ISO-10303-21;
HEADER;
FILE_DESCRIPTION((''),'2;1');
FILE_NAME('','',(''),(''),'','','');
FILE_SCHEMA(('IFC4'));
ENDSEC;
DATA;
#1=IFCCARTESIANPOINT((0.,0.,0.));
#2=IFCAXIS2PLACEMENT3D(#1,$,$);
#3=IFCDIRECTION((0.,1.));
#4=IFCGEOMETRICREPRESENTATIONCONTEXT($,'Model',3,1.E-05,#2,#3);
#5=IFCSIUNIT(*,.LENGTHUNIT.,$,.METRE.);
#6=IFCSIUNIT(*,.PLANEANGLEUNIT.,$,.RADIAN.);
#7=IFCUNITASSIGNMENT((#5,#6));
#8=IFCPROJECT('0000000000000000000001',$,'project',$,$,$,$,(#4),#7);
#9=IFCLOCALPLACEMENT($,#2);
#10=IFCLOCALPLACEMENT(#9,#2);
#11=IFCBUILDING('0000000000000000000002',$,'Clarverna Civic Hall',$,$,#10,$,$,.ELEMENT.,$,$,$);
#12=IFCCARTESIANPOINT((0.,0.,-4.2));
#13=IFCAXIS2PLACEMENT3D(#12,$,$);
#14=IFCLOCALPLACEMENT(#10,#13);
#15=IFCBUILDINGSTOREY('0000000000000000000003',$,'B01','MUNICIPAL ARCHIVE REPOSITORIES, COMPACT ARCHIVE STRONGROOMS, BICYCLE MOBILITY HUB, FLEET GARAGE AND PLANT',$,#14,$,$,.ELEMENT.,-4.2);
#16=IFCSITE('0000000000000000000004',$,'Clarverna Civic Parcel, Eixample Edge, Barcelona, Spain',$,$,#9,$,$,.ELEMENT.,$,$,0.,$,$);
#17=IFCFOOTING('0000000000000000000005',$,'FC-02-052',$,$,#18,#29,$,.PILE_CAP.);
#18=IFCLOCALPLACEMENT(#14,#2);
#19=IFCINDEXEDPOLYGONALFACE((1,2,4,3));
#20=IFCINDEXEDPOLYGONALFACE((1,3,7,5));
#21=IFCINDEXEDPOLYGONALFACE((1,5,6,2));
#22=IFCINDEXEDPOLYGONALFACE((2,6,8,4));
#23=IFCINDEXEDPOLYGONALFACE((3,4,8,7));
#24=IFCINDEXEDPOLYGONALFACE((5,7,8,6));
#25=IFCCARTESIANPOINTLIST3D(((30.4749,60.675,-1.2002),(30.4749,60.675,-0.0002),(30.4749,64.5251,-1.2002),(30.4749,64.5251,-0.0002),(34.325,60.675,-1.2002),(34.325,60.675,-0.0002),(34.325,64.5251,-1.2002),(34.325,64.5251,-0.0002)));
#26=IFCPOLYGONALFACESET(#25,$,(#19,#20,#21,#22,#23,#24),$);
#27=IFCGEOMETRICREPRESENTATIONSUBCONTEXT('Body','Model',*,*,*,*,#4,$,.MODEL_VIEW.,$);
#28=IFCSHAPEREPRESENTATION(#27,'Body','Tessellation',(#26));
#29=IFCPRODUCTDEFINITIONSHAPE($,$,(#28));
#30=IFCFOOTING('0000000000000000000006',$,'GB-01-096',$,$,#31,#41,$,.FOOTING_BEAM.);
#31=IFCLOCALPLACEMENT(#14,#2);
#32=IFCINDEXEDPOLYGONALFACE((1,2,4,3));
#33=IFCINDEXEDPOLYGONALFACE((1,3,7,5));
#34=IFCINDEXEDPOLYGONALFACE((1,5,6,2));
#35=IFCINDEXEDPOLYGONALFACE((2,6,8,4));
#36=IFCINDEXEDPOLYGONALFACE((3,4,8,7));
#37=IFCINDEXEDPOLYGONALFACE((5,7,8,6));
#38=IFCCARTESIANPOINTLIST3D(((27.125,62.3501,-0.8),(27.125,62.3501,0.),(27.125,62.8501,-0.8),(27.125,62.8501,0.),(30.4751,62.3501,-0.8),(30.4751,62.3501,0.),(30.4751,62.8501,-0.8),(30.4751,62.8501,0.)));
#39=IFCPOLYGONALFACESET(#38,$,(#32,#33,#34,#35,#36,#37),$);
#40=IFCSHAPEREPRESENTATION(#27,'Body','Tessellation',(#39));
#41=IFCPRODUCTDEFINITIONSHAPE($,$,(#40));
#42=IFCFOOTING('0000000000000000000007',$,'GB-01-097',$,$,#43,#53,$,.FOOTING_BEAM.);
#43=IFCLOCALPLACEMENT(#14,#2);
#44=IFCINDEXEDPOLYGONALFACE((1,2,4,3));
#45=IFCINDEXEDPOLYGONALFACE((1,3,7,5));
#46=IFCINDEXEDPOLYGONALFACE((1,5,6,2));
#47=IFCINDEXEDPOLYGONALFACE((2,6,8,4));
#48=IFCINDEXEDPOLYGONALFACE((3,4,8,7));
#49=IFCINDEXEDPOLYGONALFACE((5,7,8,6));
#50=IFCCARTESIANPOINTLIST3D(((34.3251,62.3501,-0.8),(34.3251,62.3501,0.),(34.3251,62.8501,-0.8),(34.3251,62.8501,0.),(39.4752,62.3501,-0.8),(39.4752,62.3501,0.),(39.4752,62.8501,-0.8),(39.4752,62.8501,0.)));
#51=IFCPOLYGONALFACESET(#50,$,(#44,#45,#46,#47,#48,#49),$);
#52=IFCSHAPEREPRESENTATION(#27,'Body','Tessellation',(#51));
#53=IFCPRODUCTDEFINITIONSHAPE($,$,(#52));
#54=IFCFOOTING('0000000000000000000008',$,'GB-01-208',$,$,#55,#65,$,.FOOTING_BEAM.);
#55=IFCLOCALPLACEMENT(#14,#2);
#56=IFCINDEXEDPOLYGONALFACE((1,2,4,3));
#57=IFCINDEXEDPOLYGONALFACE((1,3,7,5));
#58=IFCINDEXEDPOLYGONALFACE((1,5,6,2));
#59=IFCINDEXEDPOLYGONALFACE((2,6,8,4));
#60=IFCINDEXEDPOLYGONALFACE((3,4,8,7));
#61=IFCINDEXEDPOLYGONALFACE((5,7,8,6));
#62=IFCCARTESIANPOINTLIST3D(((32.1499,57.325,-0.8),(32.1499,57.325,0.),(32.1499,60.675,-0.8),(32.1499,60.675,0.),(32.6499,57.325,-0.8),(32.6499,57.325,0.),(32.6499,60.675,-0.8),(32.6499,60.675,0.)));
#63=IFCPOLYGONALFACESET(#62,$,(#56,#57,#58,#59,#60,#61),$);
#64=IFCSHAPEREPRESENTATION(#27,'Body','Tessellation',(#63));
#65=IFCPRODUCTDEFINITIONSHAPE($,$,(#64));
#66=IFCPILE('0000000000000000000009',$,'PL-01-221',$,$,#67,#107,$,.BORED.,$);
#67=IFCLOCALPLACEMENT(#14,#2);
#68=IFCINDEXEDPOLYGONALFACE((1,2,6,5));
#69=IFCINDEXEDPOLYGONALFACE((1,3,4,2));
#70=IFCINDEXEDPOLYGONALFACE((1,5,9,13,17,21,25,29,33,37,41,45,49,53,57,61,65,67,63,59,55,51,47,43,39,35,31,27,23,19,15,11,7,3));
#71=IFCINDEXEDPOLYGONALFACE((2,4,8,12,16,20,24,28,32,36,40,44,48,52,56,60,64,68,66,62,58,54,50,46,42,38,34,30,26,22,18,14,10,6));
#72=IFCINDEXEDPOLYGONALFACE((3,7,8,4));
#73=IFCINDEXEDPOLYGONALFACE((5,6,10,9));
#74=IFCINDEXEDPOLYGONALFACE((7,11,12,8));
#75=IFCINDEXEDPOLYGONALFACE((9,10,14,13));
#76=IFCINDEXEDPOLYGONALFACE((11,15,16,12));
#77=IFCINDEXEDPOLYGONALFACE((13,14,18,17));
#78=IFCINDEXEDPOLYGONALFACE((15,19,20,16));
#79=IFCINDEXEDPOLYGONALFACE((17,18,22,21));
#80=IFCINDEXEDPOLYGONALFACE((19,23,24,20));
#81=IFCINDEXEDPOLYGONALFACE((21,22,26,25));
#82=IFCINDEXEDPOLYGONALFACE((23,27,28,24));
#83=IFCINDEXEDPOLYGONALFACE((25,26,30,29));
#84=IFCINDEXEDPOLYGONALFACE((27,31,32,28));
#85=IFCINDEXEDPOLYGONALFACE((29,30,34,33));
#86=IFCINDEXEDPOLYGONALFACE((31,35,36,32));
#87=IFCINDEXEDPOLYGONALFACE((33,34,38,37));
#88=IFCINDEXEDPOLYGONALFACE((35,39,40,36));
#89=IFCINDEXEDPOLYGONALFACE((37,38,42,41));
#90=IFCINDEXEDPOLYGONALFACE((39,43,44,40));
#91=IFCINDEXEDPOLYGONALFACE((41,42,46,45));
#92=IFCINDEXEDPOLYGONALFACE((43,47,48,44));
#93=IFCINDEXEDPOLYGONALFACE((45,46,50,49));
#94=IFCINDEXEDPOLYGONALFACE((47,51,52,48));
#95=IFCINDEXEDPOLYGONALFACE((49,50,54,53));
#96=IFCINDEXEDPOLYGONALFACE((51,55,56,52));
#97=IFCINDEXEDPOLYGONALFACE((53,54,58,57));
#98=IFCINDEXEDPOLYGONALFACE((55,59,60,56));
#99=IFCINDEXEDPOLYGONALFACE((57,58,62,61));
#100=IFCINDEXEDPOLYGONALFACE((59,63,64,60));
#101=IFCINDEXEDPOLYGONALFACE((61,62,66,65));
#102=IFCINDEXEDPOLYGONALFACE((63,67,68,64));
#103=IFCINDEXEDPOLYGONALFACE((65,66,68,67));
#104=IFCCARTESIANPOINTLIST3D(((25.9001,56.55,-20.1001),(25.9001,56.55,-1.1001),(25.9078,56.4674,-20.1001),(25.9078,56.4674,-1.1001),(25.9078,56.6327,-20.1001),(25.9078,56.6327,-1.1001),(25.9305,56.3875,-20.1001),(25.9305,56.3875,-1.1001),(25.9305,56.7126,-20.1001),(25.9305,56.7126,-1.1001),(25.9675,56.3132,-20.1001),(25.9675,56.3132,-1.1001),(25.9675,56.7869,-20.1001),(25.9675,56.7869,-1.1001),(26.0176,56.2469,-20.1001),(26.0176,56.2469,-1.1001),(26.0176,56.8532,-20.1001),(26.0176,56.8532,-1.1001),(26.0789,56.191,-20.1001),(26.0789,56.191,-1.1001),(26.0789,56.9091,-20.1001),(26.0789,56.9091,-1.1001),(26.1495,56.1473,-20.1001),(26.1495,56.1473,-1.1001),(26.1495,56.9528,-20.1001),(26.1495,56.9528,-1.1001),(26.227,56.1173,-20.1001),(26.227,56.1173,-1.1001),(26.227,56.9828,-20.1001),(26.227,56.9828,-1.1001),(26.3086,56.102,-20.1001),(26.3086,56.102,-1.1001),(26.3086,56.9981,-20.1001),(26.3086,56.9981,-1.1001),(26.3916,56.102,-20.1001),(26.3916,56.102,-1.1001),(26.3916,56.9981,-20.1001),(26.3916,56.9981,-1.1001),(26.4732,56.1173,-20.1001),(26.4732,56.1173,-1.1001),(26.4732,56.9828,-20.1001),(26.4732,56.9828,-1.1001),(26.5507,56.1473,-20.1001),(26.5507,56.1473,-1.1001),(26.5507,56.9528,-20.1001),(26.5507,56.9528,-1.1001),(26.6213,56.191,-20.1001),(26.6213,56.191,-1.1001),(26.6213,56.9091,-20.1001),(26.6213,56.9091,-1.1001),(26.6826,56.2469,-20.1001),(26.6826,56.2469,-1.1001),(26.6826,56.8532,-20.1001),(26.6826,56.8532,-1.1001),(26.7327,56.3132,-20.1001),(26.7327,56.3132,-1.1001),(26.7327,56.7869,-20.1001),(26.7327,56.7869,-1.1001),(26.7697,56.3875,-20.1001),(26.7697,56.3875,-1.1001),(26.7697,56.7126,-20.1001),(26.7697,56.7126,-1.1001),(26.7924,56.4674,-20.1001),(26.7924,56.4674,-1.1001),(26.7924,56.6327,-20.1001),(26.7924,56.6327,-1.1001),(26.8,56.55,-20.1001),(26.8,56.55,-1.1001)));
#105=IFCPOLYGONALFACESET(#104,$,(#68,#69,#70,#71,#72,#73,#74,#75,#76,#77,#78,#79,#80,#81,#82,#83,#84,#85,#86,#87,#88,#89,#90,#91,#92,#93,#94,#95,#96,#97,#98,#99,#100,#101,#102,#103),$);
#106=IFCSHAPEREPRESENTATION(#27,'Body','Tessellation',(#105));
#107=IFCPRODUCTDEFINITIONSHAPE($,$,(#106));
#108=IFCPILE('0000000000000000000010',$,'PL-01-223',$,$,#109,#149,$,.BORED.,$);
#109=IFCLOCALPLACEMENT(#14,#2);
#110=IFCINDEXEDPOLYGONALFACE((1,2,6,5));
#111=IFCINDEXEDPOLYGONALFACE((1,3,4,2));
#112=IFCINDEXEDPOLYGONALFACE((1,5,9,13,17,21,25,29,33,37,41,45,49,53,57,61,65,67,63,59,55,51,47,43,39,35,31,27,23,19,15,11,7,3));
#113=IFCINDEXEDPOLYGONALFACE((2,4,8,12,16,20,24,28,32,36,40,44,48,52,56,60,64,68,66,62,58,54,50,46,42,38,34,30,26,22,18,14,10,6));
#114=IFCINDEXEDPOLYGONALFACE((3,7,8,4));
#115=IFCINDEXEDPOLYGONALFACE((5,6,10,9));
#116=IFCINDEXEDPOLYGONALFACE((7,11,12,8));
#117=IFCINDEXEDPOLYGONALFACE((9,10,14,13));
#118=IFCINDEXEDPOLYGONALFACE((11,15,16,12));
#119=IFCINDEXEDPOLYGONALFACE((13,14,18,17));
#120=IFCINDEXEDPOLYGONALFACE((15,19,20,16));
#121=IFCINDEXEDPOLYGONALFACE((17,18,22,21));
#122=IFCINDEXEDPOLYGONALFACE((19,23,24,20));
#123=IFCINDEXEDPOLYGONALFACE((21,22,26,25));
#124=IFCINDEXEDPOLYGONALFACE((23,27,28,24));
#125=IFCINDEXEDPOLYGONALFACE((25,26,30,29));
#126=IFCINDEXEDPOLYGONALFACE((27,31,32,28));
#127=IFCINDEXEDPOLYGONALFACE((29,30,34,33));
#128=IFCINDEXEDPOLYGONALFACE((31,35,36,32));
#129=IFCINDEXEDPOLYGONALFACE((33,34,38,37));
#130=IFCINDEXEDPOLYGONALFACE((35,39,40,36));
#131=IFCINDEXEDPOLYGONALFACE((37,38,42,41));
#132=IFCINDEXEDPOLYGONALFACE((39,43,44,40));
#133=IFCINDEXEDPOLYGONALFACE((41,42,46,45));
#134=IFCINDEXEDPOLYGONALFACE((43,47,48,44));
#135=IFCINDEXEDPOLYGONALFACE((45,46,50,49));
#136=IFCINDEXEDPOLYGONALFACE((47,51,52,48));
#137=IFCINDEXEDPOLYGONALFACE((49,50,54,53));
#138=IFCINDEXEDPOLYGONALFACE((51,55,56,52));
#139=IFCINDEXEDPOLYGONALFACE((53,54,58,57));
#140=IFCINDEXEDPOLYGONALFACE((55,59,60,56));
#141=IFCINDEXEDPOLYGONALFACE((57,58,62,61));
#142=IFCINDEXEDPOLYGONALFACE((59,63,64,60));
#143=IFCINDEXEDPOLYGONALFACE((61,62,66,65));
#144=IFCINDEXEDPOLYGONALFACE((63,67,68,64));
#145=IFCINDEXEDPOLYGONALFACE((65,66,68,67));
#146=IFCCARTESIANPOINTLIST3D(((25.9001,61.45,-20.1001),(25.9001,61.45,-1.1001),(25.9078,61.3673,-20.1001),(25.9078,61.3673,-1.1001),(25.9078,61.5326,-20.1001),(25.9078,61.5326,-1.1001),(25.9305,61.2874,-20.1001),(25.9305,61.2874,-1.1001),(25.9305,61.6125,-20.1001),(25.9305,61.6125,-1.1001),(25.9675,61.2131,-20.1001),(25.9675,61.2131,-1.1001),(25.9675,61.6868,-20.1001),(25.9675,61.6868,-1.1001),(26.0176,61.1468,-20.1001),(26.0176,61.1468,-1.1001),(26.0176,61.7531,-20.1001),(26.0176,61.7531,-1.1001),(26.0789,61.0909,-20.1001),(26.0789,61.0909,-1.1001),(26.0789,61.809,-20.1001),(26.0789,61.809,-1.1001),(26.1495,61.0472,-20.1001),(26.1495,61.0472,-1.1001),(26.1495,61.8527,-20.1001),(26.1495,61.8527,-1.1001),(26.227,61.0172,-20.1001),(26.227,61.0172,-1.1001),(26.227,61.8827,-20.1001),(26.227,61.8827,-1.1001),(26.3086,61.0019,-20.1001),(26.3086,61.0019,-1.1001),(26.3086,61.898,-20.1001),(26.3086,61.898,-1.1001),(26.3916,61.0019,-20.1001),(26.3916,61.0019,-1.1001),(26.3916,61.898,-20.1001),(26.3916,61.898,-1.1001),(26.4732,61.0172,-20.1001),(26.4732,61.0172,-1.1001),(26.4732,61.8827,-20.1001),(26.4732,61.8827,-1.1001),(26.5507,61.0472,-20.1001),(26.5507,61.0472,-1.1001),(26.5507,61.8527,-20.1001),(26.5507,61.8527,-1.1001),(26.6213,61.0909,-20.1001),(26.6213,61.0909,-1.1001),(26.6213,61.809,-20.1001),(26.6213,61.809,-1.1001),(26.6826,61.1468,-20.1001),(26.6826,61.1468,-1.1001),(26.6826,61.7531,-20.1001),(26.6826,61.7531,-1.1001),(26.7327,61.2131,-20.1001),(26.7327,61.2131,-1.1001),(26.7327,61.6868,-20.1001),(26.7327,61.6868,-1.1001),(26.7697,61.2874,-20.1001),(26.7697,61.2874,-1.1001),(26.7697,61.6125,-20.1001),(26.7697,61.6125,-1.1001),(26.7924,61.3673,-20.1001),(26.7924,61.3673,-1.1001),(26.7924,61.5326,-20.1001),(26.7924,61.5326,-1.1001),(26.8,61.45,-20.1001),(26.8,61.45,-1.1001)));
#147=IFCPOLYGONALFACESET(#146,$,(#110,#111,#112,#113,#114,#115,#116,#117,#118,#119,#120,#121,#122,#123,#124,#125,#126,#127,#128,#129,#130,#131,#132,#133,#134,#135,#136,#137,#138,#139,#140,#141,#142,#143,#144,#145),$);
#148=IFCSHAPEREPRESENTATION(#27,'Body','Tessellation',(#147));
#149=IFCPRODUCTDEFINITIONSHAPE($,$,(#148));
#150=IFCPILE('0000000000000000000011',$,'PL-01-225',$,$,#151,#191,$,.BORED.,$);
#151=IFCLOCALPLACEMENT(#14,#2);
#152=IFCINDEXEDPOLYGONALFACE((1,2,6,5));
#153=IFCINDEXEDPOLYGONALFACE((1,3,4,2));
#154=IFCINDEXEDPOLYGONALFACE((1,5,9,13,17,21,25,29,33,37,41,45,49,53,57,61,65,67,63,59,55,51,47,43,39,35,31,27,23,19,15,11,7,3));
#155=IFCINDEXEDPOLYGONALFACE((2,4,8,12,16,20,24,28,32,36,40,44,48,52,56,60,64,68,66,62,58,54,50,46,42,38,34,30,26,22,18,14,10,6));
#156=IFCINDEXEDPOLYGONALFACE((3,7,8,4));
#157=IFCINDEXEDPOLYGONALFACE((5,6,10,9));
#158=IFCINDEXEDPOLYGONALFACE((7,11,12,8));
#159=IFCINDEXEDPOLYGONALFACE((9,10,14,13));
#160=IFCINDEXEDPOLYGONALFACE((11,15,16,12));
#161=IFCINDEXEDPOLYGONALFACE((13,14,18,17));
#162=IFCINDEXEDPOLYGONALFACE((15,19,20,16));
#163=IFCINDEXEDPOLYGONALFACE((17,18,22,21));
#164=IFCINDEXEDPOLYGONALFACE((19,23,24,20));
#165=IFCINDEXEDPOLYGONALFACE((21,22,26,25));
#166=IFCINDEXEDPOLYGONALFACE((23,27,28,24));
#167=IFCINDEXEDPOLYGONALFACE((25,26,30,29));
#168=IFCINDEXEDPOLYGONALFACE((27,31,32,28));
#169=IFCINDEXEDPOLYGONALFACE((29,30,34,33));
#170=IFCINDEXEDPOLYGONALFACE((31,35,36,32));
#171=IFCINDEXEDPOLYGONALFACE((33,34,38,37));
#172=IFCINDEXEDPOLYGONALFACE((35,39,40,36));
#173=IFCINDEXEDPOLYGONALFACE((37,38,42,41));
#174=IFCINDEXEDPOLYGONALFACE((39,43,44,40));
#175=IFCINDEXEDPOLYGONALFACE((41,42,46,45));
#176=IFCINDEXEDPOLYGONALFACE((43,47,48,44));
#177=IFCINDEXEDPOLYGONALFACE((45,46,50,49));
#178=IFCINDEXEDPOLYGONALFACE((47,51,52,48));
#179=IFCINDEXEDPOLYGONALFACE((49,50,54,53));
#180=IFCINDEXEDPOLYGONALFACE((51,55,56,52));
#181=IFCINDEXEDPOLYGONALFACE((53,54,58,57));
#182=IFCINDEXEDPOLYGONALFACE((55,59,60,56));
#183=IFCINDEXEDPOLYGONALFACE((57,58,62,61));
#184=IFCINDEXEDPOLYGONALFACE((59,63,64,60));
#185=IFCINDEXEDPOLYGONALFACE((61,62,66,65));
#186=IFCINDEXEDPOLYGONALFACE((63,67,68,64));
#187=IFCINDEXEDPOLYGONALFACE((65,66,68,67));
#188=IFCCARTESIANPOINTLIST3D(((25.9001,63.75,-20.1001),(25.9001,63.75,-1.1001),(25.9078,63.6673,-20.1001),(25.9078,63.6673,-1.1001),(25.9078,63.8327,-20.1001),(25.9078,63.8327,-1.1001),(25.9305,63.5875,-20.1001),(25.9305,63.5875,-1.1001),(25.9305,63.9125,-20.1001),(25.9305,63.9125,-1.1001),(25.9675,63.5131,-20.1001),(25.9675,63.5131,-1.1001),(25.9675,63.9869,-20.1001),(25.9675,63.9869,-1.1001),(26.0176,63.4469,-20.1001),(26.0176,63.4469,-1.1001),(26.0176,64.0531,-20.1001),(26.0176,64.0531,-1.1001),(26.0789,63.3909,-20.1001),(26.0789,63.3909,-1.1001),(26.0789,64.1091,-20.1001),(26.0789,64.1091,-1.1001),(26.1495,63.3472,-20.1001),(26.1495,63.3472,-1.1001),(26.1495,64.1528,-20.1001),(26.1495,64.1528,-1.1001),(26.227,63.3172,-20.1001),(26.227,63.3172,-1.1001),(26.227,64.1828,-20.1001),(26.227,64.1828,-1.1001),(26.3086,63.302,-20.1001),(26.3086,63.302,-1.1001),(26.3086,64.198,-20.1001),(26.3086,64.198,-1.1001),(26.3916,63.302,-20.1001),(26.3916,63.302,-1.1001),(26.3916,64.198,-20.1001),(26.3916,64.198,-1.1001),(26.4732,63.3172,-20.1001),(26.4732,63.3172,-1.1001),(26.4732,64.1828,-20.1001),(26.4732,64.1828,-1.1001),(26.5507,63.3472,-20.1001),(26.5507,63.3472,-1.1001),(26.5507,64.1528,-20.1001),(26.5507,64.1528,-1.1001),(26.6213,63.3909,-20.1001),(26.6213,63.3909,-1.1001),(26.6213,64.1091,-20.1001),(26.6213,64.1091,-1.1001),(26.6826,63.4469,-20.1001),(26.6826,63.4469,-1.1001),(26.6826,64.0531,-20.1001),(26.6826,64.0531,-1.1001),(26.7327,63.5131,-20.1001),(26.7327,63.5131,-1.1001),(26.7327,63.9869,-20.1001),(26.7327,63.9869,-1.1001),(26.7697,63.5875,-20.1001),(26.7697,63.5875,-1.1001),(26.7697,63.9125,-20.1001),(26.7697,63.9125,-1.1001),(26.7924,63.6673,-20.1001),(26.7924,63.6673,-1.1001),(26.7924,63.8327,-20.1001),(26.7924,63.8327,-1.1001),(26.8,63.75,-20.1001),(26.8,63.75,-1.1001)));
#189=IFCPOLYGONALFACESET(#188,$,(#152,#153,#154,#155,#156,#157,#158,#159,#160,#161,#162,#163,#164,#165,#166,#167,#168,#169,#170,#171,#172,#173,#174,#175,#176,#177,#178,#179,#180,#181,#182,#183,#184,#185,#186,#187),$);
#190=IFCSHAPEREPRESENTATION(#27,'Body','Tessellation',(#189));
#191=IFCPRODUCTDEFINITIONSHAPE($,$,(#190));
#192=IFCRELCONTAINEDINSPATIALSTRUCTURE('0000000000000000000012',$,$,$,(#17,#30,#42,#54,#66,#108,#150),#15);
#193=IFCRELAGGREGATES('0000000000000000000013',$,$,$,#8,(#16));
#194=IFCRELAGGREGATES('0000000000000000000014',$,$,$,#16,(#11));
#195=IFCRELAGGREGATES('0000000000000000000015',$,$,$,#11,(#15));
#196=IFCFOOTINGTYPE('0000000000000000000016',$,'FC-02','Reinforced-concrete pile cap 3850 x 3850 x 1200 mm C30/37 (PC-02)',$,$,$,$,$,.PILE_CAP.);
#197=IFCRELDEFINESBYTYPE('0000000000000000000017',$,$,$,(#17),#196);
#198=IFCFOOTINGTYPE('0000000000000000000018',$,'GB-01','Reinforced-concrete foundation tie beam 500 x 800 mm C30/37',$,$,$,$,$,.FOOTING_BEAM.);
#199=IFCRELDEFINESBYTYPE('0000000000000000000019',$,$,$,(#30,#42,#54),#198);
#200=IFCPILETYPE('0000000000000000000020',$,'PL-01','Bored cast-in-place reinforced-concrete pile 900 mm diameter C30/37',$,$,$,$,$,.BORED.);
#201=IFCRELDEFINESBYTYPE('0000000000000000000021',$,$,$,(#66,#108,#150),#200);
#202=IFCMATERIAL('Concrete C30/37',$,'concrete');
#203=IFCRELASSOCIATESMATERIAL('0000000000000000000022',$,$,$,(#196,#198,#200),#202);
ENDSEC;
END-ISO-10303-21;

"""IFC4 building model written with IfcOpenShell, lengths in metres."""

from ifc_helpers import new_model, si_unit, direction, frame, frame_2d, origin, origin_2d, place, context, subcontext, project, spatial, rectangle, circle, extrude, material, material_profile, profile_set, type_object, element, save


model = new_model("IFC4")

# Units and contexts
model_context = context("Model", 3, precision=1e-05, world=origin(), true_north=direction((0.0, 1.0)))
body_context = subcontext(model_context, "Body", "Model", "MODEL_VIEW")
ifc_project = project(units=[si_unit("LENGTHUNIT", "METRE"), si_unit("PLANEANGLEUNIT", "RADIAN")], contexts=[model_context])

# Site, building, storey
site_placement = place(None, origin())
site = spatial("IfcSite", under=ifc_project, at=site_placement, Name="Clarverna Civic Parcel, Eixample Edge, Barcelona, Spain", CompositionType="ELEMENT", RefElevation=0.0)
building_placement = place(site_placement, origin())
building = spatial("IfcBuilding", under=site, at=building_placement, Name="Clarverna Civic Hall", CompositionType="ELEMENT")
storey_placement = place(building_placement, frame((0.0, 0.0, -4.2)))
storey = spatial("IfcBuildingStorey", under=building, at=storey_placement, Name="B01", Description="MUNICIPAL ARCHIVE REPOSITORIES, COMPACT ARCHIVE STRONGROOMS, BICYCLE MOBILITY HUB, FLEET GARAGE AND PLANT", CompositionType="ELEMENT", Elevation=-4.2)

# Footings
ifc_material_1 = material(Name="Concrete C30/37", Category="concrete")
footing_type_1 = type_object("IfcFootingType", Name="FC-02", Description="Reinforced-concrete pile cap 3850 x 3850 x 1200 mm C30/37 (PC-02)", PredefinedType="PILE_CAP", material=ifc_material_1)
footing_1_placement = place(storey_placement, frame((32.3999, 62.6001, -1.2002), z_axis=(0.0, 0.0, 1.0), x_axis=(1.0, 0.0, 0.0)))
element("IfcFooting", 1, at=footing_1_placement, inside=storey, type_object=footing_type_1, Name="FC-02-052", PredefinedType="PILE_CAP", context=body_context, shape_type="SweptSolid", body=[
    extrude(rectangle(XDim=3.8501, YDim=3.8501, at=origin_2d()), origin(), (0.0, 0.0, 1.0), 1.2),
])
footing_type_2 = type_object("IfcFootingType", Name="GB-01", Description="Reinforced-concrete foundation tie beam 500 x 800 mm C30/37", PredefinedType="FOOTING_BEAM", material=ifc_material_1)
footing_2_placement = place(storey_placement, frame((27.125, 62.6001, -0.8), z_axis=(0.0, 0.0, 1.0), x_axis=(1.0, 0.0, 0.0)))
element("IfcFooting", 2, at=footing_2_placement, inside=storey, type_object=footing_type_2, Name="GB-01-096", PredefinedType="FOOTING_BEAM", context=body_context, shape_type="SweptSolid", body=[
    extrude(rectangle(XDim=3.3501, YDim=0.5, at=frame_2d((1.675, 0.0))), origin(), (0.0, 0.0, 1.0), 0.8),
])
footing_3_placement = place(storey_placement, frame((34.325, 62.6001, -0.8), z_axis=(0.0, 0.0, 1.0), x_axis=(1.0, 0.0, 0.0)))
element("IfcFooting", 3, at=footing_3_placement, inside=storey, type_object=footing_type_2, Name="GB-01-097", PredefinedType="FOOTING_BEAM", context=body_context, shape_type="SweptSolid", body=[
    extrude(rectangle(XDim=5.1501, YDim=0.5, at=frame_2d((2.5752, 0.0))), origin(), (0.0, 0.0, 1.0), 0.8),
])
footing_4_placement = place(storey_placement, frame((32.3999, 57.325, -0.8), z_axis=(0.0, 0.0, 1.0), x_axis=(0.0, 1.0, 0.0)))
element("IfcFooting", 4, at=footing_4_placement, inside=storey, type_object=footing_type_2, Name="GB-01-208", PredefinedType="FOOTING_BEAM", context=body_context, shape_type="SweptSolid", body=[
    extrude(rectangle(XDim=3.3501, YDim=0.5, at=frame_2d((1.675, 0.0))), origin(), (0.0, 0.0, 1.0), 0.8),
])

# Piles
ifc_material_profile_1 = material_profile(ifc_material_1, circle(Radius=0.45, at=origin_2d()), Name="BORED PILE D900")
ifc_profile_set_1 = profile_set([ifc_material_profile_1], Name="Concrete C30/37")
pile_type = type_object("IfcPileType", Name="PL-01", Description="Bored cast-in-place reinforced-concrete pile 900 mm diameter C30/37", PredefinedType="BORED", material=ifc_profile_set_1)
for number, where, z_axis, x_axis, name in (
    (5, (26.3501, 56.55, -1.1001), (0.0, 0.0, -1.0), (1.0, 0.0, 0.0), "PL-01-221"),
    (6, (26.3501, 61.45, -1.1001), (0.0, 0.0, -1.0), (1.0, 0.0, 0.0), "PL-01-223"),
    (7, (26.3501, 63.75, -1.1001), (0.0, 0.0, -1.0), (1.0, 0.0, 0.0), "PL-01-225"),
):
    element("IfcPile", number, at=place(storey_placement, frame(where, z_axis=z_axis, x_axis=x_axis)), inside=storey, type_object=pile_type, Name=name, PredefinedType="BORED", context=body_context, shape_type="SweptSolid", body=[
        extrude(circle(Radius=0.45, at=origin_2d()), origin(), (0.0, 0.0, 1.0), 19.0),
    ])

save(model, "model.ifc")
